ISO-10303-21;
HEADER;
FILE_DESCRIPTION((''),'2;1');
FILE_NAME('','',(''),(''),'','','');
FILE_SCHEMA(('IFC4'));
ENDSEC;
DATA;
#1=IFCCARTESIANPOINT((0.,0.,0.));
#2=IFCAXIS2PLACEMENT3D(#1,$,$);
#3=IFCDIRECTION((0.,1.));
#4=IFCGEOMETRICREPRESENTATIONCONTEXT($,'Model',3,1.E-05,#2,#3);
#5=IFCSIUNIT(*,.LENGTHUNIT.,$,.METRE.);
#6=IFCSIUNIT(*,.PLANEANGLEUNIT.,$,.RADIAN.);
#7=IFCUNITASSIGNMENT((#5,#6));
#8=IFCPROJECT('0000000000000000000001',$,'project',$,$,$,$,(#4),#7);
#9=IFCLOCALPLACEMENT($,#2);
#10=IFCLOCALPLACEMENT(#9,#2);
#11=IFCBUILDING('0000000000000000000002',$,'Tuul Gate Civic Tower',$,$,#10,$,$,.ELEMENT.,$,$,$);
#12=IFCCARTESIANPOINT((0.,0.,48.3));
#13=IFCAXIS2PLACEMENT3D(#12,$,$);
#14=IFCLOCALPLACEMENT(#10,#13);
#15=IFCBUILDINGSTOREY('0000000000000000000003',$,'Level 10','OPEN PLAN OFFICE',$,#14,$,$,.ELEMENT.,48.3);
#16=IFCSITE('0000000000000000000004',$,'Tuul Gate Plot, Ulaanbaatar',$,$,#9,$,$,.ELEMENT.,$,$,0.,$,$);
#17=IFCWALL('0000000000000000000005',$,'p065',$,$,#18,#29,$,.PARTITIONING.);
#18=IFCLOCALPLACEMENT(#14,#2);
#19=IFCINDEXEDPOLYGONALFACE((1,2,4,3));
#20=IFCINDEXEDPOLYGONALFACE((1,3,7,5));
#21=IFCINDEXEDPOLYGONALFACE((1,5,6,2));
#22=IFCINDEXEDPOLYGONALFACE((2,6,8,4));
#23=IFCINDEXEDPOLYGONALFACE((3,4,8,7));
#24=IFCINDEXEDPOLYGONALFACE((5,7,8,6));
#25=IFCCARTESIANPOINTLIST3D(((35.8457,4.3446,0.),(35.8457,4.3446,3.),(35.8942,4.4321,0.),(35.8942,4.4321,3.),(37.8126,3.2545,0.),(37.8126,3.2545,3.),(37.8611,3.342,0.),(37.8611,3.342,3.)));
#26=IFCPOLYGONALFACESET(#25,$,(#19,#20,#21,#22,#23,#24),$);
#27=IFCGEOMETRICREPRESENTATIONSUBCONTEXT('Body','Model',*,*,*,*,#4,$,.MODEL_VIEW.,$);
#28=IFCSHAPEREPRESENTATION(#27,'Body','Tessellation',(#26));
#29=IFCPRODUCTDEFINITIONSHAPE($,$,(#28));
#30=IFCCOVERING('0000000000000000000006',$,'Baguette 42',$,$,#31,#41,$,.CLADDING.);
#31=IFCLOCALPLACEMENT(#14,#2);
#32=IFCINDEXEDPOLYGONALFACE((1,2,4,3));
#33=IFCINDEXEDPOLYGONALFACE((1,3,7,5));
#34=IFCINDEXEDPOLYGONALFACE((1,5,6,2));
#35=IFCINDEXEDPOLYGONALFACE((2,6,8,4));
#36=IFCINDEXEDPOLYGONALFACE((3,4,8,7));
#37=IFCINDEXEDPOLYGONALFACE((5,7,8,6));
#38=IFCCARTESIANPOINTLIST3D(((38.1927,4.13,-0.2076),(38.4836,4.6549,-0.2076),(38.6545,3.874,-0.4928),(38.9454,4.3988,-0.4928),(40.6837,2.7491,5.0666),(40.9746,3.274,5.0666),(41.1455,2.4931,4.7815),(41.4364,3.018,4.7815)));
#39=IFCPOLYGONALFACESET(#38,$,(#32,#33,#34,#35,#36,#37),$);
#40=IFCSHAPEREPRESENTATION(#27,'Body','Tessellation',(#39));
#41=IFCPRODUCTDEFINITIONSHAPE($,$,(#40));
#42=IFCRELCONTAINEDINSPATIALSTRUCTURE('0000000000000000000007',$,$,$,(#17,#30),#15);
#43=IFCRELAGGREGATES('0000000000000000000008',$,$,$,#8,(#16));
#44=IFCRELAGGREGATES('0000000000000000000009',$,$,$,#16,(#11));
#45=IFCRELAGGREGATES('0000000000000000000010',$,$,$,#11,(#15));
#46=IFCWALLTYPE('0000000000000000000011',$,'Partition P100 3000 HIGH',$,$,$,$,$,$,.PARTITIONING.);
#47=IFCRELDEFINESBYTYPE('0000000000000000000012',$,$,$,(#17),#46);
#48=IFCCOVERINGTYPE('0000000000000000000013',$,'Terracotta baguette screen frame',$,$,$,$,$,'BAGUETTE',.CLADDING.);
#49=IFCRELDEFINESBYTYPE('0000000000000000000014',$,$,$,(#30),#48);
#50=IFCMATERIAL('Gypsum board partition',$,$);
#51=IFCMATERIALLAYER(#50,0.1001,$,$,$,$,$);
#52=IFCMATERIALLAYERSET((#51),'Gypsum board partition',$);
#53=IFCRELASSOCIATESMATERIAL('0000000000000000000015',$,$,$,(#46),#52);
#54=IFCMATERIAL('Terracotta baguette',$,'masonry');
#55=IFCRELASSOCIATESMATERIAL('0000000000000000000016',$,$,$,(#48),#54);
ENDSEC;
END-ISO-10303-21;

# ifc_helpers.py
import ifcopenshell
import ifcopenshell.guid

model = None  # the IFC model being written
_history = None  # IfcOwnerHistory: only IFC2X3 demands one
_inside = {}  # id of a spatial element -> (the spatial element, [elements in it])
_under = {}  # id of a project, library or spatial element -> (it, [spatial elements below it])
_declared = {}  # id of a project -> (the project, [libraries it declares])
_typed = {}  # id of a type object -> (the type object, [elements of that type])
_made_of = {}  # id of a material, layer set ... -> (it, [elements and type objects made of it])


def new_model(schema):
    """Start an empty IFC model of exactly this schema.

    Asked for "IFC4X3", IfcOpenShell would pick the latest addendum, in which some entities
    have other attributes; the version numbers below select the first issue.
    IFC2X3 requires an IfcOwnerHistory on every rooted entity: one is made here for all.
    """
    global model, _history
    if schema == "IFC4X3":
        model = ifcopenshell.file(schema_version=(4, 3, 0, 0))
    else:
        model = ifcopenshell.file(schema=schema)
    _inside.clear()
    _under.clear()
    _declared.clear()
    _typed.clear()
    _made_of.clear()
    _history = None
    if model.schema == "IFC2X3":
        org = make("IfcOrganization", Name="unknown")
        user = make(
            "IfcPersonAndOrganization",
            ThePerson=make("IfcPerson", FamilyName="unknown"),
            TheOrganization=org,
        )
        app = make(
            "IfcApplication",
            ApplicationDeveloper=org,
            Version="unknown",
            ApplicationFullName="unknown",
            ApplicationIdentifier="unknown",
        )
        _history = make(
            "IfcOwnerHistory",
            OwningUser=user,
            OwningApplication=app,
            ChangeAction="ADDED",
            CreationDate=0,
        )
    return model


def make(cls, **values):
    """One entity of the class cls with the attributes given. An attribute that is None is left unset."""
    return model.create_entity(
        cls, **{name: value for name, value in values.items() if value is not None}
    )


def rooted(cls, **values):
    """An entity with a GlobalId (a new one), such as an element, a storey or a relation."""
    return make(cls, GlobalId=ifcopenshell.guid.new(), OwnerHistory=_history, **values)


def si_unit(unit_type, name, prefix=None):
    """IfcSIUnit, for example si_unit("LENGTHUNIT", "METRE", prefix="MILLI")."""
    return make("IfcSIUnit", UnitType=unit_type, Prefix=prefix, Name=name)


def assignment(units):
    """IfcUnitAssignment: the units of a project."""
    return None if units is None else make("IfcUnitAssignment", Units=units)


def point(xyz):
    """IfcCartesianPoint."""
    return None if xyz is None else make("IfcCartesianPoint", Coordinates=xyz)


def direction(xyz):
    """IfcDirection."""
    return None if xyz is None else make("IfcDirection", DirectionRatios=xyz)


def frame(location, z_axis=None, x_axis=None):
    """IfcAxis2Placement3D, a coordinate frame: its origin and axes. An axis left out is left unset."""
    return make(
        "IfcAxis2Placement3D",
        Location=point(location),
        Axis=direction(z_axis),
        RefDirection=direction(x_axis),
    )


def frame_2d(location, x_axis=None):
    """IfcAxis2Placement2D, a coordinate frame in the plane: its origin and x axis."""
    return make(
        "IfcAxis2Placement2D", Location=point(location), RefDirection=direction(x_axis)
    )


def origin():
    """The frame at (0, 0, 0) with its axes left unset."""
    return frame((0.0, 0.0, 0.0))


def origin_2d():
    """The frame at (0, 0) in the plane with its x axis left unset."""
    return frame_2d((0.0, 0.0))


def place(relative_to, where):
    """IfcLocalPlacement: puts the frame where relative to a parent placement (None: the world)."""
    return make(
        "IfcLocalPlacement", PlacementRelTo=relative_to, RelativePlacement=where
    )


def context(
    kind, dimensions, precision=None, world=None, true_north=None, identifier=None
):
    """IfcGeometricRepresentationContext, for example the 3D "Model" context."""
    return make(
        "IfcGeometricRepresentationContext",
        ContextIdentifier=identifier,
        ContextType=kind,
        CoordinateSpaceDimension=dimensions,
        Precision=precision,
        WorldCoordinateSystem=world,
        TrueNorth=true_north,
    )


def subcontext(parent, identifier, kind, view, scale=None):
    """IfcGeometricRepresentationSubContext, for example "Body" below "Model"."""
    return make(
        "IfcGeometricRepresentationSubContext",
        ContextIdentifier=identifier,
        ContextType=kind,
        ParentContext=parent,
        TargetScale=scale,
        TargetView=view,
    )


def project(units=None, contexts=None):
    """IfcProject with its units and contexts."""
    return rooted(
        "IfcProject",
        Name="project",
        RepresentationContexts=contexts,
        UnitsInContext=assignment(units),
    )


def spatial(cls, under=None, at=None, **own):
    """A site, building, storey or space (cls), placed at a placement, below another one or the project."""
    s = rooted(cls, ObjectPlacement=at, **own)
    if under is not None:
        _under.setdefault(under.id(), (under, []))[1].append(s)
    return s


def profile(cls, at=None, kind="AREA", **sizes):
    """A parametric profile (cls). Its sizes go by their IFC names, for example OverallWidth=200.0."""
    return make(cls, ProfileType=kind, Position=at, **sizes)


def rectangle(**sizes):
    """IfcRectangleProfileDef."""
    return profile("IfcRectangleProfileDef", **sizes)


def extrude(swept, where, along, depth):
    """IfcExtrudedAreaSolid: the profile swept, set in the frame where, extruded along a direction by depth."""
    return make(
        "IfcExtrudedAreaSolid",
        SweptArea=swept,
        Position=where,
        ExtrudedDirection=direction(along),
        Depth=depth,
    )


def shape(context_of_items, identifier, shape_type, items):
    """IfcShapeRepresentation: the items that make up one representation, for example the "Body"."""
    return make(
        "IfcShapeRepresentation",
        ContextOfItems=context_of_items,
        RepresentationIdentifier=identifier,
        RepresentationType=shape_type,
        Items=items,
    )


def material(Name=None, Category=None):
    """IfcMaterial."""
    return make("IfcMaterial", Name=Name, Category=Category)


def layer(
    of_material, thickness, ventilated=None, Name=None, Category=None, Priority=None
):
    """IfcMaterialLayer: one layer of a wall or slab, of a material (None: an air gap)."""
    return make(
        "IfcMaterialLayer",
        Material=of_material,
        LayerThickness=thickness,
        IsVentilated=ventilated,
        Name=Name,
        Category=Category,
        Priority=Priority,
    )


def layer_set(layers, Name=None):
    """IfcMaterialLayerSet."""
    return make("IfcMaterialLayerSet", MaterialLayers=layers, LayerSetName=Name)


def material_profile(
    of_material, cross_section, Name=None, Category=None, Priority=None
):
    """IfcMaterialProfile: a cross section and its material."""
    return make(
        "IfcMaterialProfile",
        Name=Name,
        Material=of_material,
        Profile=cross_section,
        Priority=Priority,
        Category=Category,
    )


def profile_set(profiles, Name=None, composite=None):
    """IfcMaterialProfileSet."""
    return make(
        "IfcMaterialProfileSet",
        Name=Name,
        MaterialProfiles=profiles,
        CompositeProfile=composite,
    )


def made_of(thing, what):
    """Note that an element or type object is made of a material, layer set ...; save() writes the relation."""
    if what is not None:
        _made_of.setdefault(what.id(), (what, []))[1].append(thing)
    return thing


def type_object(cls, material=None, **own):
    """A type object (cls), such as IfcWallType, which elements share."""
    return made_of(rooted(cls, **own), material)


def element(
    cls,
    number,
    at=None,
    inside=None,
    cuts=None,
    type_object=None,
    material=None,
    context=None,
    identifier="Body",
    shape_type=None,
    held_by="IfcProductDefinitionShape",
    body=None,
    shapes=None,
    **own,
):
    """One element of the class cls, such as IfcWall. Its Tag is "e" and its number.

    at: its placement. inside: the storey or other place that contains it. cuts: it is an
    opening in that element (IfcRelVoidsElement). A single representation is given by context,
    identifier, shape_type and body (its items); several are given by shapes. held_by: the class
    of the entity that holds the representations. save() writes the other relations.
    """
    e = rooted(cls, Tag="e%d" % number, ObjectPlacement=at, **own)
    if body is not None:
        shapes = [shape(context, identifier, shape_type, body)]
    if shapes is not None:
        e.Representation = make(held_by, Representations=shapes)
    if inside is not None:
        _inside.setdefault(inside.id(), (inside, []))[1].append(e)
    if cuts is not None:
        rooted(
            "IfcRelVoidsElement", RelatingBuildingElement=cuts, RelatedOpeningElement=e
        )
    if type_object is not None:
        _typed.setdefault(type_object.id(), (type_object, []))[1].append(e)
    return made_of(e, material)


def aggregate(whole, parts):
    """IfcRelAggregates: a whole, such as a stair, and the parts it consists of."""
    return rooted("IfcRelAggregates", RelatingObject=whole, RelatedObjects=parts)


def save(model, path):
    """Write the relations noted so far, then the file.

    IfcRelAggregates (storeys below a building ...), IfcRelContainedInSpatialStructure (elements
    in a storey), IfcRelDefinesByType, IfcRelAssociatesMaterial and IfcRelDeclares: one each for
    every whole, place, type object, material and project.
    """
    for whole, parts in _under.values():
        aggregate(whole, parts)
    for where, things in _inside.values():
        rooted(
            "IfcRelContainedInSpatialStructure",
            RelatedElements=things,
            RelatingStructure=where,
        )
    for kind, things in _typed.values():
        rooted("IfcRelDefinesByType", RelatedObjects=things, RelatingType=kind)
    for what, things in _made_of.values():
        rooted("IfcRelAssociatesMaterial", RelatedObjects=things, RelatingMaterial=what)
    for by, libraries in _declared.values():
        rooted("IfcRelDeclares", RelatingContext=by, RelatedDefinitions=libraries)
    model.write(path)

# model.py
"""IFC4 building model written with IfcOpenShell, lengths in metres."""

from ifc_helpers import new_model, si_unit, direction, frame, frame_2d, origin, origin_2d, place, context, subcontext, project, spatial, rectangle, extrude, material, layer, layer_set, material_profile, profile_set, type_object, element, save


model = new_model("IFC4")

# Units and contexts
model_context = context("Model", 3, precision=1e-05, world=origin(), true_north=direction((0.0, 1.0)))
body_context = subcontext(model_context, "Body", "Model", "MODEL_VIEW")
ifc_project = project(units=[si_unit("LENGTHUNIT", "METRE"), si_unit("PLANEANGLEUNIT", "RADIAN")], contexts=[model_context])

# Site, building, storey
site_placement = place(None, origin())
site = spatial("IfcSite", under=ifc_project, at=site_placement, Name="Tuul Gate Plot, Ulaanbaatar", CompositionType="ELEMENT", RefElevation=0.0)
building_placement = place(site_placement, origin())
building = spatial("IfcBuilding", under=site, at=building_placement, Name="Tuul Gate Civic Tower", CompositionType="ELEMENT")
storey_placement = place(building_placement, frame((0.0, 0.0, 48.3)))
storey = spatial("IfcBuildingStorey", under=building, at=storey_placement, Name="Level 10", Description="OPEN PLAN OFFICE", CompositionType="ELEMENT", Elevation=48.3)

# Wall
ifc_material_1 = material(Name="Gypsum board partition")
ifc_layer_1 = layer(ifc_material_1, 0.1001)
ifc_layer_set_1 = layer_set([ifc_layer_1], Name="Gypsum board partition")
wall_type_1 = type_object("IfcWallType", Name="Partition P100 3000 HIGH", PredefinedType="PARTITIONING", material=ifc_layer_set_1)
wall_1_placement = place(storey_placement, frame((35.8699, 4.3884, 0.0), z_axis=(0.0, 0.0, 1.0), x_axis=(0.874643, -0.484767, 0.0)))
element("IfcWall", 1, at=wall_1_placement, inside=storey, type_object=wall_type_1, Name="p065", PredefinedType="PARTITIONING", context=body_context, shape_type="SweptSolid", body=[
    extrude(rectangle(XDim=2.2488, YDim=0.1001, at=frame_2d((1.1245, 0.0))), origin(), (0.0, 0.0, 1.0), 3.0),
])

# Covering
ifc_material_2 = material(Name="Terracotta baguette", Category="masonry")
ifc_material_profile_1 = material_profile(ifc_material_2, rectangle(XDim=0.6001, YDim=0.6001, at=origin_2d()), Name="Terracotta baguette screen frame")
ifc_profile_set_1 = profile_set([ifc_material_profile_1], Name="Terracotta baguette")
covering_type = type_object("IfcCoveringType", Name="Terracotta baguette screen frame", ElementType="BAGUETTE", PredefinedType="CLADDING", material=ifc_profile_set_1)
covering_placement = place(storey_placement, frame((41.0601, 2.8835, 4.9241), z_axis=(-0.415574, 0.230372, -0.879902), x_axis=(-0.484835, -0.874606, 0.0)))
element("IfcCovering", 2, at=covering_placement, inside=storey, type_object=covering_type, Name="Baguette 42", PredefinedType="CLADDING", context=body_context, shape_type="SweptSolid", body=[
    extrude(rectangle(XDim=0.6001, YDim=0.6001, at=origin_2d()), origin(), (0.0, 0.0, 1.0), 5.9941),
])

save(model, "model.ifc")
